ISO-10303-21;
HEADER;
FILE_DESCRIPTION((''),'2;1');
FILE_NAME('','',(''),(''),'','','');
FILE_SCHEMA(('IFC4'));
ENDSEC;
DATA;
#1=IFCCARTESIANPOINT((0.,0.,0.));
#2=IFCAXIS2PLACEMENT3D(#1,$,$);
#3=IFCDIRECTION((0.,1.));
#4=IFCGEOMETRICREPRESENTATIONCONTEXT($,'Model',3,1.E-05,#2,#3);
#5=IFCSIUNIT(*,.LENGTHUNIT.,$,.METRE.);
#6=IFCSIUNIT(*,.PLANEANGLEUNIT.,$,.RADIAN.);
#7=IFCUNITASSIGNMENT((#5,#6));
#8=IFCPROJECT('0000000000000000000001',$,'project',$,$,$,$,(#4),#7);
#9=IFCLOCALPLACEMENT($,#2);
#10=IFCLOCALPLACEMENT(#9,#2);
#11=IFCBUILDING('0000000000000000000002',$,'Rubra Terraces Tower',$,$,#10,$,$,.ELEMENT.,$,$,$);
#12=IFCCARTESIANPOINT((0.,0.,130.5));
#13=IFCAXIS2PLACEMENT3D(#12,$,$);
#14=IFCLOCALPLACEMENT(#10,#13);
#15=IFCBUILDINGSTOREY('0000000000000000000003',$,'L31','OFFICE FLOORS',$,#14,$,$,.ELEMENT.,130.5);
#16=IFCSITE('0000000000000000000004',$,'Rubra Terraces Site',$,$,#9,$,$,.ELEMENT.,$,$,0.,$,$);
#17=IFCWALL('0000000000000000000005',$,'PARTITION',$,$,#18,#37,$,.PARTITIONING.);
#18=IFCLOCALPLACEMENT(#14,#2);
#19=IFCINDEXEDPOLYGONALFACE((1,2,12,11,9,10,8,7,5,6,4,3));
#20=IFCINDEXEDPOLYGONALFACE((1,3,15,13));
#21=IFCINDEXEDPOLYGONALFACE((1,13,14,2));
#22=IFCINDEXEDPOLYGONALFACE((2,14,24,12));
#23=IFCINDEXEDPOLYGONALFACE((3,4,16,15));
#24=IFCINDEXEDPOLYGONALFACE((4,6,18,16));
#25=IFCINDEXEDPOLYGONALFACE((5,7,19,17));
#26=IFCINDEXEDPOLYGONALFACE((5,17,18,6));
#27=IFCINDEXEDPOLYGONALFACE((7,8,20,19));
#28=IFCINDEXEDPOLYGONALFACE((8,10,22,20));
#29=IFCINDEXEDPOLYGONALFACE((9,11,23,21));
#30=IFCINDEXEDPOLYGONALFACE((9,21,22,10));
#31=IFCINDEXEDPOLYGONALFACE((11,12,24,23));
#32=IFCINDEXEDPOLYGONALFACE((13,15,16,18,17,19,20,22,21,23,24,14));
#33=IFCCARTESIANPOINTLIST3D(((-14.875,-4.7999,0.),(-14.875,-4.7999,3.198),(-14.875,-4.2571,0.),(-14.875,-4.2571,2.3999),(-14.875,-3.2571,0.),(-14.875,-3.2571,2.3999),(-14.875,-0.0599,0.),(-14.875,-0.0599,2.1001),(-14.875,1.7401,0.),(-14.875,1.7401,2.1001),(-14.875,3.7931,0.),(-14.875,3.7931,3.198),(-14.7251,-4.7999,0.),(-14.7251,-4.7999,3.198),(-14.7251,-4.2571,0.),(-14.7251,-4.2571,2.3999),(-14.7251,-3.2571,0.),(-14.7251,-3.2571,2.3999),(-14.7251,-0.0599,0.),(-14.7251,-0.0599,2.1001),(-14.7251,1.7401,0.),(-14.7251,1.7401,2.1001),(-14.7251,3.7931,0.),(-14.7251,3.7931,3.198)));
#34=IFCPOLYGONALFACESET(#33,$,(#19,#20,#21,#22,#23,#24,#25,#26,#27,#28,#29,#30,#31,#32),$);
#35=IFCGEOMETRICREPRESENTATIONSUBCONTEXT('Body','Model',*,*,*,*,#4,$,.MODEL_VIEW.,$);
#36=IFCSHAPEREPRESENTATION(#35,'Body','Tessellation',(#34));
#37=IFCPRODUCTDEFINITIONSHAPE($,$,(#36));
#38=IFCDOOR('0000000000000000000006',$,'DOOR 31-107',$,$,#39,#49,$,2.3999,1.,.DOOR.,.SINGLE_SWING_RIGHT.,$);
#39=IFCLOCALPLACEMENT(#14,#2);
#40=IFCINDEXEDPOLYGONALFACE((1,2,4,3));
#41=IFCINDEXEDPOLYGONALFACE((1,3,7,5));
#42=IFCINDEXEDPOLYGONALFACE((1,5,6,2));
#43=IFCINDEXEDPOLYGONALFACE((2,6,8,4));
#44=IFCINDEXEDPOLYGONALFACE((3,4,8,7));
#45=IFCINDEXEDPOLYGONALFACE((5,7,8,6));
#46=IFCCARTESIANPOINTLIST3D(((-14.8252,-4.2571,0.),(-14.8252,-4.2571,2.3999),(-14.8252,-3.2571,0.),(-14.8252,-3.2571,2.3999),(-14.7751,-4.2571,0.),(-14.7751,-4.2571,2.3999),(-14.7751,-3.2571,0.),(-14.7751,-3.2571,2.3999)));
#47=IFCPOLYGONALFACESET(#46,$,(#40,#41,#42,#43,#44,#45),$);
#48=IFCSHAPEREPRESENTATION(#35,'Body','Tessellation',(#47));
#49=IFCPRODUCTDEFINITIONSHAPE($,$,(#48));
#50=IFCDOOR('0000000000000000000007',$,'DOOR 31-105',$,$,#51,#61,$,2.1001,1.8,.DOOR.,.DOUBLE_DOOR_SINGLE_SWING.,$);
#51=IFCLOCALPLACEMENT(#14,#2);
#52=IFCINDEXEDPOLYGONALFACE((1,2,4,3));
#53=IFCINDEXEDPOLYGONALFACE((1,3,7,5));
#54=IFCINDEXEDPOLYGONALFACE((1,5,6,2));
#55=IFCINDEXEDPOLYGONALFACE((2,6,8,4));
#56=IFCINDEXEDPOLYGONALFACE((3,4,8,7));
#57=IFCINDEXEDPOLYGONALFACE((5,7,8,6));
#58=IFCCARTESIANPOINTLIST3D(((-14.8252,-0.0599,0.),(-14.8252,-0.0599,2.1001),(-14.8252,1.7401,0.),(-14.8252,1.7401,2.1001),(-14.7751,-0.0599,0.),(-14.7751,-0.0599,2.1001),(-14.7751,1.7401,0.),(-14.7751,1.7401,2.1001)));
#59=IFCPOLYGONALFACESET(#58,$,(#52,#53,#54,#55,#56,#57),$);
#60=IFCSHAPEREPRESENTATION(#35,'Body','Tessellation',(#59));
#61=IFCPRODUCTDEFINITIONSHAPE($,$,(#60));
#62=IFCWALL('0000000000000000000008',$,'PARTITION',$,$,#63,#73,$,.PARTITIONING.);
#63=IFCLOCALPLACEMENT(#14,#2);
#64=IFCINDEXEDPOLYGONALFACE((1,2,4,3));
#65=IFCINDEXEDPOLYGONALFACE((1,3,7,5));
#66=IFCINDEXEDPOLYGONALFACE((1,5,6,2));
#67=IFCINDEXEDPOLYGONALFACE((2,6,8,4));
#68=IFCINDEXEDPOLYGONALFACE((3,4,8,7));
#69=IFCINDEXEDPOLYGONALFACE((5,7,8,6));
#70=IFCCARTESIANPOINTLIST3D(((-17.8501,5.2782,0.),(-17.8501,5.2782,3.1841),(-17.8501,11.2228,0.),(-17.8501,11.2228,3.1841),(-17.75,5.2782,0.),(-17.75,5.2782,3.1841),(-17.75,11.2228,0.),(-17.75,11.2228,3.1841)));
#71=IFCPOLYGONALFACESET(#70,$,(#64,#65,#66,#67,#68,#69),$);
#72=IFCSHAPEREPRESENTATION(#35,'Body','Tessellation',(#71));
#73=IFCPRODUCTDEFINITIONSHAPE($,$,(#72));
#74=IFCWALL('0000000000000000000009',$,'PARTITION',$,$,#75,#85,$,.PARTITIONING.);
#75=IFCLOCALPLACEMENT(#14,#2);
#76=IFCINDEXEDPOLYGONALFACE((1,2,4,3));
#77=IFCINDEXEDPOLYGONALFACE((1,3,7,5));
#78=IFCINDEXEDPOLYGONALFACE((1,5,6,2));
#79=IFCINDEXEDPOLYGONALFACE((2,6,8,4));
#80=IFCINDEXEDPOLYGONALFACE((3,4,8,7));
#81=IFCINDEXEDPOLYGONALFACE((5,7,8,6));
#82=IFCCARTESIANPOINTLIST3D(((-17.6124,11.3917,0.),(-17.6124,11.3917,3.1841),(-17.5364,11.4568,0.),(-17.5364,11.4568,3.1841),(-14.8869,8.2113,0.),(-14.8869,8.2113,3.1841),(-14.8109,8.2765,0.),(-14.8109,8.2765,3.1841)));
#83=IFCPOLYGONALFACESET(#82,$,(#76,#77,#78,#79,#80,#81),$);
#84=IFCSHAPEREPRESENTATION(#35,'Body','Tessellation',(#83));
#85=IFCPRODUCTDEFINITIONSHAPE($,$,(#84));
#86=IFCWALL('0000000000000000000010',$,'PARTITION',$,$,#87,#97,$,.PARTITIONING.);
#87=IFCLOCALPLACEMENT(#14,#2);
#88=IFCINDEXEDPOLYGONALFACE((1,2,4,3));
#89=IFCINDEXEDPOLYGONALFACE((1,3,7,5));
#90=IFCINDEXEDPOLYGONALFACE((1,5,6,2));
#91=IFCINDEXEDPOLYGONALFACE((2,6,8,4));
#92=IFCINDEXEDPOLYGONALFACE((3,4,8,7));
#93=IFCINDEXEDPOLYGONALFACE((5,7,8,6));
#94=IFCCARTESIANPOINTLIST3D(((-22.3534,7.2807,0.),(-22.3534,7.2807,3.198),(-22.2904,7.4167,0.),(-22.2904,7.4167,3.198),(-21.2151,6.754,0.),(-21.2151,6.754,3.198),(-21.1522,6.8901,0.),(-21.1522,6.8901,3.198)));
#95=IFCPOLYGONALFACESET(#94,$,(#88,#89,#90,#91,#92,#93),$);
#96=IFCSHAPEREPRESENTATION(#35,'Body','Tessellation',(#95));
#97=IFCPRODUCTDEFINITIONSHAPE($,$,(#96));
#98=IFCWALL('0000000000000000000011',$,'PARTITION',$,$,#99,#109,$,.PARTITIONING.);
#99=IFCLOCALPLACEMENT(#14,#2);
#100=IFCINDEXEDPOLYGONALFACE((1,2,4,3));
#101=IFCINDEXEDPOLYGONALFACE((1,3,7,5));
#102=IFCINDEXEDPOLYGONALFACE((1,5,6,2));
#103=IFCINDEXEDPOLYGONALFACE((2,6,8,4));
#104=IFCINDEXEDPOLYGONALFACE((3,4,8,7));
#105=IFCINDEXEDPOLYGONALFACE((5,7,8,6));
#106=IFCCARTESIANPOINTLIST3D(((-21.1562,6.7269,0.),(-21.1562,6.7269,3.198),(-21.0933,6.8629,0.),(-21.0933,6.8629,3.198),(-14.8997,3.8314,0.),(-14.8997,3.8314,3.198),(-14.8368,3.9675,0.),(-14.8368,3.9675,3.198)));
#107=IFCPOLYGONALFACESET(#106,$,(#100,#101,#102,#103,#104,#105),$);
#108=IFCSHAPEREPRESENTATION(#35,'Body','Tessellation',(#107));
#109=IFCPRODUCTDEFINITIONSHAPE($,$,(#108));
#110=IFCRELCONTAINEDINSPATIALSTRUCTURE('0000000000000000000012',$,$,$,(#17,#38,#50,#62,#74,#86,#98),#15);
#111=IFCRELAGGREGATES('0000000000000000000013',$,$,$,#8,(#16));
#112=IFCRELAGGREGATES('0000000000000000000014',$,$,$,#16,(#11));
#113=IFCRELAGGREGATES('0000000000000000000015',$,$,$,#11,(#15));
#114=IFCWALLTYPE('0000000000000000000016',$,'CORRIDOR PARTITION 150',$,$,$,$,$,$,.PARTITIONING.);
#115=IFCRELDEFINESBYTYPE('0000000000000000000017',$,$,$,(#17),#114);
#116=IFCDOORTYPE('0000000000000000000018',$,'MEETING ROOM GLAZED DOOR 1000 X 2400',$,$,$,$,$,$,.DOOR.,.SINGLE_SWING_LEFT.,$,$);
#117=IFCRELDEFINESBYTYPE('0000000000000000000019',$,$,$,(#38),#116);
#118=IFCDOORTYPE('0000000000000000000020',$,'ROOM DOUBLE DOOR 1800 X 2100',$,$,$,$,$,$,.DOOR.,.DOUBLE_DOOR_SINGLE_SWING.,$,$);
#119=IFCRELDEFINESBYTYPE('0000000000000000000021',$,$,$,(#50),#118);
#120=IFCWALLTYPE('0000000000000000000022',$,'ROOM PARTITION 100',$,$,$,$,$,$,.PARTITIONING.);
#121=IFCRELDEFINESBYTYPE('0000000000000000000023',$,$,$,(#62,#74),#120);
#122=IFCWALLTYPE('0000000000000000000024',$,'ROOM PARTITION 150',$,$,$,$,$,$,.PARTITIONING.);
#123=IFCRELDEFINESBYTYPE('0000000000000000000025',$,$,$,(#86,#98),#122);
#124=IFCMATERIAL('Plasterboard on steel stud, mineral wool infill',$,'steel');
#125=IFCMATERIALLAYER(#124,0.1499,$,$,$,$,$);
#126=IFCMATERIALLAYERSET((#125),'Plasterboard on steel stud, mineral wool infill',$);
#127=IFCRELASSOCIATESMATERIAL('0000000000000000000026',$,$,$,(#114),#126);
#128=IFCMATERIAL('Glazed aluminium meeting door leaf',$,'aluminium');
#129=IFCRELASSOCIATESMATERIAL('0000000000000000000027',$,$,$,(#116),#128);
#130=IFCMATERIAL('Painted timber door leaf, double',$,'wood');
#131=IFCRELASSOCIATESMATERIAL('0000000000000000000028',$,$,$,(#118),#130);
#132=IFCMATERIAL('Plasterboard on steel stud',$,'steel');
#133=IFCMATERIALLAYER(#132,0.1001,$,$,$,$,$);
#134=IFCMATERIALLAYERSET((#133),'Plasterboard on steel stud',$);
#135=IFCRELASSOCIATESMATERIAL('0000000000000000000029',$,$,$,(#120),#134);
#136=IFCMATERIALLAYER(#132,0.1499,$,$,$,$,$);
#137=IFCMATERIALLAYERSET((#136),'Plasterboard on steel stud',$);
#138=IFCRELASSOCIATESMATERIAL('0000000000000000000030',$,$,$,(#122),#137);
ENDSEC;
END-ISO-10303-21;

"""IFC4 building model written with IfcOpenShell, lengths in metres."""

from ifc_helpers import new_model, si_unit, direction, frame, frame_2d, origin, place, context, subcontext, project, spatial, rectangle, extrude, material, layer, layer_set, type_object, element, fill, save


model = new_model("IFC4")

# Units and contexts
model_context = context("Model", 3, precision=1e-05, world=origin(), true_north=direction((0.0, 1.0)))
body_context = subcontext(model_context, "Body", "Model", "MODEL_VIEW")
ifc_project = project(units=[si_unit("LENGTHUNIT", "METRE"), si_unit("PLANEANGLEUNIT", "RADIAN")], contexts=[model_context])

# Site, building, storey
site_placement = place(None, origin())
site = spatial("IfcSite", under=ifc_project, at=site_placement, Name="Rubra Terraces Site", CompositionType="ELEMENT", RefElevation=0.0)
building_placement = place(site_placement, origin())
building = spatial("IfcBuilding", under=site, at=building_placement, Name="Rubra Terraces Tower", CompositionType="ELEMENT")
storey_placement = place(building_placement, frame((0.0, 0.0, 130.5)))
storey = spatial("IfcBuildingStorey", under=building, at=storey_placement, Name="L31", Description="OFFICE FLOORS", CompositionType="ELEMENT", Elevation=130.5)

# Wall, openings, doors
ifc_material_1 = material(Name="Plasterboard on steel stud, mineral wool infill", Category="steel")
ifc_layer_1 = layer(ifc_material_1, 0.1499)
ifc_layer_set_1 = layer_set([ifc_layer_1], Name="Plasterboard on steel stud, mineral wool infill")
wall_type_1 = type_object("IfcWallType", Name="CORRIDOR PARTITION 150", PredefinedType="PARTITIONING", material=ifc_layer_set_1)
wall_1_placement = place(storey_placement, frame((-14.8, 3.793, 0.0), z_axis=(0.0, 0.0, 1.0), x_axis=(0.0, -1.0, 0.0)))
wall_1 = element("IfcWall", 1, at=wall_1_placement, inside=storey, type_object=wall_type_1, Name="PARTITION", PredefinedType="PARTITIONING", context=body_context, shape_type="SweptSolid", body=[
    extrude(rectangle(XDim=8.593, YDim=0.1499, at=frame_2d((4.2964, 0.0))), origin(), (0.0, 0.0, 1.0), 3.198),
])
opening_1_placement = place(wall_1_placement, frame((2.053, 0.0, 0.0)))
opening_1 = element("IfcOpeningElement", 2, at=opening_1_placement, cuts=wall_1, PredefinedType="OPENING", context=body_context, shape_type="SweptSolid", body=[
    extrude(rectangle(XDim=1.8, YDim=2.1001, at=frame_2d((0.8999, 1.05))), frame((0.0, 0.085, 0.0), z_axis=(0.0, -1.0, 0.0), x_axis=(1.0, 0.0, 0.0)), (0.0, 0.0, 1.0), 0.1699),
])
opening_2_placement = place(wall_1_placement, frame((7.05, 0.0, 0.0)))
opening_2 = element("IfcOpeningElement", 3, at=opening_2_placement, cuts=wall_1, PredefinedType="OPENING", context=body_context, shape_type="SweptSolid", body=[
    extrude(rectangle(XDim=1.0, YDim=2.3999, at=frame_2d((0.5, 1.2))), frame((0.0, 0.085, 0.0), z_axis=(0.0, -1.0, 0.0), x_axis=(1.0, 0.0, 0.0)), (0.0, 0.0, 1.0), 0.1699),
])
ifc_material_2 = material(Name="Glazed aluminium meeting door leaf", Category="aluminium")
door_type_1 = type_object("IfcDoorType", Name="MEETING ROOM GLAZED DOOR 1000 X 2400", OperationType="SINGLE_SWING_LEFT", PredefinedType="DOOR", material=ifc_material_2)
door_1_placement = place(opening_2_placement, origin())
door_1 = element("IfcDoor", 4, at=door_1_placement, inside=storey, type_object=door_type_1, Name="DOOR 31-107", OperationType="SINGLE_SWING_RIGHT", OverallHeight=2.3999, OverallWidth=1.0, PredefinedType="DOOR", context=body_context, shape_type="SweptSolid", body=[
    extrude(rectangle(XDim=1.0, YDim=2.3999, at=frame_2d((0.5, 1.2))), frame((0.0, 0.0249, 0.0), z_axis=(0.0, -1.0, 0.0), x_axis=(1.0, 0.0, 0.0)), (0.0, 0.0, 1.0), 0.05),
])
fill(opening_2, door_1)
ifc_material_3 = material(Name="Painted timber door leaf, double", Category="wood")
door_type_2 = type_object("IfcDoorType", Name="ROOM DOUBLE DOOR 1800 X 2100", OperationType="DOUBLE_DOOR_SINGLE_SWING", PredefinedType="DOOR", material=ifc_material_3)
door_2_placement = place(opening_1_placement, origin())
door_2 = element("IfcDoor", 5, at=door_2_placement, inside=storey, type_object=door_type_2, Name="DOOR 31-105", OperationType="DOUBLE_DOOR_SINGLE_SWING", OverallHeight=2.1001, OverallWidth=1.8, PredefinedType="DOOR", context=body_context, shape_type="SweptSolid", body=[
    extrude(rectangle(XDim=1.8, YDim=2.1001, at=frame_2d((0.8999, 1.05))), frame((0.0, 0.0249, 0.0), z_axis=(0.0, -1.0, 0.0), x_axis=(1.0, 0.0, 0.0)), (0.0, 0.0, 1.0), 0.05),
])
fill(opening_1, door_2)

# Walls
ifc_material_4 = material(Name="Plasterboard on steel stud", Category="steel")
ifc_layer_2 = layer(ifc_material_4, 0.1001)
ifc_layer_set_2 = layer_set([ifc_layer_2], Name="Plasterboard on steel stud")
wall_type_2 = type_object("IfcWallType", Name="ROOM PARTITION 100", PredefinedType="PARTITIONING", material=ifc_layer_set_2)
wall_2_placement = place(storey_placement, frame((-17.8, 5.2783, 0.0), z_axis=(0.0, 0.0, 1.0), x_axis=(0.0, 1.0, 0.0)))
element("IfcWall", 6, at=wall_2_placement, inside=storey, type_object=wall_type_2, Name="PARTITION", PredefinedType="PARTITIONING", context=body_context, shape_type="SweptSolid", body=[
    extrude(rectangle(XDim=5.9446, YDim=0.1001, at=frame_2d((2.9722, 0.0))), origin(), (0.0, 0.0, 1.0), 3.1841),
])
wall_3_placement = place(storey_placement, frame((-14.8489, 8.2439, 0.0), z_axis=(0.0, 0.0, 1.0), x_axis=(-0.650724, 0.759314, 0.0)))
element("IfcWall", 7, at=wall_3_placement, inside=storey, type_object=wall_type_2, Name="PARTITION", PredefinedType="PARTITIONING", context=body_context, shape_type="SweptSolid", body=[
    extrude(rectangle(XDim=4.1885, YDim=0.1001, at=frame_2d((2.0942, 0.0))), origin(), (0.0, 0.0, 1.0), 3.1841),
])
ifc_layer_3 = layer(ifc_material_4, 0.1499)
ifc_layer_set_3 = layer_set([ifc_layer_3], Name="Plasterboard on steel stud")
wall_type_3 = type_object("IfcWallType", Name="ROOM PARTITION 150", PredefinedType="PARTITIONING", material=ifc_layer_set_3)
wall_4_placement = place(storey_placement, frame((-22.3218, 7.3486, 0.0), z_axis=(0.0, 0.0, 1.0), x_axis=(0.907566, -0.41991, 0.0)))
element("IfcWall", 8, at=wall_4_placement, inside=storey, type_object=wall_type_3, Name="PARTITION", PredefinedType="PARTITIONING", context=body_context, shape_type="SweptSolid", body=[
    extrude(rectangle(XDim=1.2542, YDim=0.1499, at=frame_2d((0.627, 0.0))), origin(), (0.0, 0.0, 1.0), 3.198),
])
wall_5_placement = place(storey_placement, frame((-21.1248, 6.7949, 0.0), z_axis=(0.0, 0.0, 1.0), x_axis=(0.907526, -0.419997, 0.0)))
element("IfcWall", 9, at=wall_5_placement, inside=storey, type_object=wall_type_3, Name="PARTITION", PredefinedType="PARTITIONING", context=body_context, shape_type="SweptSolid", body=[
    extrude(rectangle(XDim=6.894, YDim=0.1499, at=frame_2d((3.447, 0.0))), origin(), (0.0, 0.0, 1.0), 3.198),
])

save(model, "model.ifc")
